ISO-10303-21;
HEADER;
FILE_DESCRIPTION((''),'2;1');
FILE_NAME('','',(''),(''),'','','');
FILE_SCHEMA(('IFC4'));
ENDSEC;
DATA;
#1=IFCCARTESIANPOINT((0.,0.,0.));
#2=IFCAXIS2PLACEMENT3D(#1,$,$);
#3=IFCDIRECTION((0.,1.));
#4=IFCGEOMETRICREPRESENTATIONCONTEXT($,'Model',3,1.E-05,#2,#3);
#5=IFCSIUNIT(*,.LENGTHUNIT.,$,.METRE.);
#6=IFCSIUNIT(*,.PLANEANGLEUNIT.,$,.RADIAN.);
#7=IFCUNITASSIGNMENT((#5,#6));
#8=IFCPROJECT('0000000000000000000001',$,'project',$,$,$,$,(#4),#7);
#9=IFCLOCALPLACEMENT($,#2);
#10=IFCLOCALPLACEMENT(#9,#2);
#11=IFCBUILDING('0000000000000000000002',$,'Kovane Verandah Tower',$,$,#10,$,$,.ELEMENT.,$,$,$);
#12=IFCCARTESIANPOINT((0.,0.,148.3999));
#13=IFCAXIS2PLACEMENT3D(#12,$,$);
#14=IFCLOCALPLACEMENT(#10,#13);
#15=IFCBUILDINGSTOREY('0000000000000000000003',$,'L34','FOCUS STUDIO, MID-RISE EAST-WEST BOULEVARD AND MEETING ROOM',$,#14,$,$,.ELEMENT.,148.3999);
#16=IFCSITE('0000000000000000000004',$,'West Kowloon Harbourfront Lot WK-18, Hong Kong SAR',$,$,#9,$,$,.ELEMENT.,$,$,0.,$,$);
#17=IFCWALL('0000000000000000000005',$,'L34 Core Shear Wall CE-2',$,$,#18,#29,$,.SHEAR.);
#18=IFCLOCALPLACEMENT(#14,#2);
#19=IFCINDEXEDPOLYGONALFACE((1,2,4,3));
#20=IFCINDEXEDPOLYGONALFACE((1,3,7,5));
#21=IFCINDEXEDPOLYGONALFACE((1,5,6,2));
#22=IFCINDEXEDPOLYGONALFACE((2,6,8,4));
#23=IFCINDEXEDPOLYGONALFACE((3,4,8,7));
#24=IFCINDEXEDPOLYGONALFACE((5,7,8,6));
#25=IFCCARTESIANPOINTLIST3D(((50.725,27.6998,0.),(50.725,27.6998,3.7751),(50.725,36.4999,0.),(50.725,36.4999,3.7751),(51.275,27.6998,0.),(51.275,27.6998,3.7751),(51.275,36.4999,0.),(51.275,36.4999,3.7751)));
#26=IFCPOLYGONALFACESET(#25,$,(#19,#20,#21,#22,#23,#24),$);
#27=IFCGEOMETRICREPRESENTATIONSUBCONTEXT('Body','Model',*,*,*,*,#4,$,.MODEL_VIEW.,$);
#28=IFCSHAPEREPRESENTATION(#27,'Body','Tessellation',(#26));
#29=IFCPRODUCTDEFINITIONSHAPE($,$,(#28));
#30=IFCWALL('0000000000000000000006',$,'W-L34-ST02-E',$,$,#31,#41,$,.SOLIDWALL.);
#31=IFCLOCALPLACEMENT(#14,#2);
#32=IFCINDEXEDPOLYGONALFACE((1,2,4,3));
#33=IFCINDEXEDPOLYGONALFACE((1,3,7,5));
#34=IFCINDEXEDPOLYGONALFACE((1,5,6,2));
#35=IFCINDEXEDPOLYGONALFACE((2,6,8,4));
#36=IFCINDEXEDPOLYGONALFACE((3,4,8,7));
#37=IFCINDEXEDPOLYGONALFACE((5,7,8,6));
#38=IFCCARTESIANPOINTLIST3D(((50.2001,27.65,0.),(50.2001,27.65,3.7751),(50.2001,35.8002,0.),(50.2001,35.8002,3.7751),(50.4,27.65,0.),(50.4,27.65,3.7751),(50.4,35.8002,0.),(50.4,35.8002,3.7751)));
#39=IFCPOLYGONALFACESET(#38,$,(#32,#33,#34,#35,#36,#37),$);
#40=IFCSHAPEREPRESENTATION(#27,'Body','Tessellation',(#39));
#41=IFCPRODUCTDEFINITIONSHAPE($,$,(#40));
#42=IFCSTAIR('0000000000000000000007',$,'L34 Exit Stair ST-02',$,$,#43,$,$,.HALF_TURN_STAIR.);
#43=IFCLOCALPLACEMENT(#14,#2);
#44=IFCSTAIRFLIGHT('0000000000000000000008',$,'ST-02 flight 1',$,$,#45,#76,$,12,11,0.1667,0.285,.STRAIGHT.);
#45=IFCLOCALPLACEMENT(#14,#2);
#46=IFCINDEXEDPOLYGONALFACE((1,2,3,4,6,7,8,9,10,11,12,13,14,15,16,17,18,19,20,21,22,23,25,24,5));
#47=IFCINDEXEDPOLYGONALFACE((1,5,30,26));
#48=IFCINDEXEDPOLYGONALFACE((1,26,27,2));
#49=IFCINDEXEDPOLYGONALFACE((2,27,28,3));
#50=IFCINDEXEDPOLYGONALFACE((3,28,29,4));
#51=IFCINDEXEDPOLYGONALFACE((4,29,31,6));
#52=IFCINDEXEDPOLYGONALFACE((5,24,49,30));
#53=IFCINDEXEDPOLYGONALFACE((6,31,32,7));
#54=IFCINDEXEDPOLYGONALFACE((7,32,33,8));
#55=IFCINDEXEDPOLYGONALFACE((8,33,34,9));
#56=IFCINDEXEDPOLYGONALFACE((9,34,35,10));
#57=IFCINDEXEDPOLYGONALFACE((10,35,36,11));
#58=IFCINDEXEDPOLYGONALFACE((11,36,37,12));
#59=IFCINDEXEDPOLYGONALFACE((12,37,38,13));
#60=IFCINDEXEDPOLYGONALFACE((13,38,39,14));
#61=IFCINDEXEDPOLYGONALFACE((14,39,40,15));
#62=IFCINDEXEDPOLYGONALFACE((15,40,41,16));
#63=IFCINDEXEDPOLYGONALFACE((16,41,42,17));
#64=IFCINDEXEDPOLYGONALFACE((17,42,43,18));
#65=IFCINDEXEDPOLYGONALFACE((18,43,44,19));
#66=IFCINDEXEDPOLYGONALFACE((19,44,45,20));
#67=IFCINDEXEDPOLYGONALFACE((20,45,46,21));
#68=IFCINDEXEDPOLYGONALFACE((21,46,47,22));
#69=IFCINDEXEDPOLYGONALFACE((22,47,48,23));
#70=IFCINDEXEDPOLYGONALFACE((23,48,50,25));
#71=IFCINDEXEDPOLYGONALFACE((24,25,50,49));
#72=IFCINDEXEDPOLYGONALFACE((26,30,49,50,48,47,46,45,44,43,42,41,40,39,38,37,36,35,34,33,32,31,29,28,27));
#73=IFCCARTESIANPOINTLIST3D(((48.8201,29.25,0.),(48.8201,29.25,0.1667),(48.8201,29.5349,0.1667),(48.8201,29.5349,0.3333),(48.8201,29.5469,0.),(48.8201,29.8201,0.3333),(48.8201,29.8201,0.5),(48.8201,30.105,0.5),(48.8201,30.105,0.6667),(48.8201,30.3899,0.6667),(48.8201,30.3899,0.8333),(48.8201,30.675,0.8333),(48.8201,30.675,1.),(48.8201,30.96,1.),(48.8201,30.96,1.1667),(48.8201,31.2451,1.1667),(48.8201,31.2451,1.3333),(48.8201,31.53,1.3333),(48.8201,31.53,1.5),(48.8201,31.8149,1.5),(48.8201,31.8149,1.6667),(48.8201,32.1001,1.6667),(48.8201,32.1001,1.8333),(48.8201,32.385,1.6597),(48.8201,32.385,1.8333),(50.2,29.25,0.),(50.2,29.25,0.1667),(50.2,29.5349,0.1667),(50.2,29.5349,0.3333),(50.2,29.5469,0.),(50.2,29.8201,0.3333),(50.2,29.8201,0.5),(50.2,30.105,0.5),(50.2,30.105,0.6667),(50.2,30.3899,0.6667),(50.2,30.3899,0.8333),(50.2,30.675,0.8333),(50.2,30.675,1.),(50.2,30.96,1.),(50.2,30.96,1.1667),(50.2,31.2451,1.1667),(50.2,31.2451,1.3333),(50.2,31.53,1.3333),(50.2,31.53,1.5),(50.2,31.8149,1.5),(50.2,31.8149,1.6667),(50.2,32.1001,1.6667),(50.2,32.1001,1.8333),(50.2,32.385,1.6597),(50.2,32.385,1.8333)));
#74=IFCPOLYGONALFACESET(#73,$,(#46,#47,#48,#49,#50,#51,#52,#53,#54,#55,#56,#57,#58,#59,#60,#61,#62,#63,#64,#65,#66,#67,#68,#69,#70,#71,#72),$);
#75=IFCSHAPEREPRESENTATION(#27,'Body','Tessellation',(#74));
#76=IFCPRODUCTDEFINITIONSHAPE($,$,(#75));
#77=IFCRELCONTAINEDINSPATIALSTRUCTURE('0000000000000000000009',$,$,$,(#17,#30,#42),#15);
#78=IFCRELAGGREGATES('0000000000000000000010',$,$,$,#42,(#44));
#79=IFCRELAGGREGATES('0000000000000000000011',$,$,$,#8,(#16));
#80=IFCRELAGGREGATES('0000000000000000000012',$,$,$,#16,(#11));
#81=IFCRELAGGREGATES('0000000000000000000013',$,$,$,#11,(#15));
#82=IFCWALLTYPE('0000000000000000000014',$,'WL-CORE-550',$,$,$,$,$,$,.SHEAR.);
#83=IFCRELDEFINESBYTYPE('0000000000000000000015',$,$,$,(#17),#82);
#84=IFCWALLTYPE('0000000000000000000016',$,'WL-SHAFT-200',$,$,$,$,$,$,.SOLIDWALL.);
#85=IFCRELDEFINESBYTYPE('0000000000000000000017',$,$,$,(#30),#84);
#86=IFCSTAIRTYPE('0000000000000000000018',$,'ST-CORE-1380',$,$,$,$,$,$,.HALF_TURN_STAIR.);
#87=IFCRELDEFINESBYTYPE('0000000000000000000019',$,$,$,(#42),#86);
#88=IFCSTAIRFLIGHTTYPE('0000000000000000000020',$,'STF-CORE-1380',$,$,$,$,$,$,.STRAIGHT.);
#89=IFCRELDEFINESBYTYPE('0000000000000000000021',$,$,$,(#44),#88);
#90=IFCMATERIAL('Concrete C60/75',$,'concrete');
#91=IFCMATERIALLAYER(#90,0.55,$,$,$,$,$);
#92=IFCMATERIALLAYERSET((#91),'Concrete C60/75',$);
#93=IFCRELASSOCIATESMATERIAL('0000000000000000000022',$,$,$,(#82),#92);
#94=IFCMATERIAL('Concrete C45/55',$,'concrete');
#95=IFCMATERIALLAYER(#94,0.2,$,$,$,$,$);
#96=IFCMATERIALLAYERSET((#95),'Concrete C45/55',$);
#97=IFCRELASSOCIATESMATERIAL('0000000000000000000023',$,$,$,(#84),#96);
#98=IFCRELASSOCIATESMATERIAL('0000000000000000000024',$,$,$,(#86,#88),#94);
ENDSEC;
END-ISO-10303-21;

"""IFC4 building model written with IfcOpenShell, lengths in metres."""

from ifc_helpers import new_model, si_unit, direction, frame, frame_2d, origin, place, context, subcontext, project, spatial, polyline, rectangle, outline, extrude, material, layer, layer_set, type_object, element, aggregate, save


model = new_model("IFC4")

# Units and contexts
model_context = context("Model", 3, precision=1e-05, world=origin(), true_north=direction((0.0, 1.0)))
body_context = subcontext(model_context, "Body", "Model", "MODEL_VIEW")
ifc_project = project(units=[si_unit("LENGTHUNIT", "METRE"), si_unit("PLANEANGLEUNIT", "RADIAN")], contexts=[model_context])

# Site, building, storey
site_placement = place(None, origin())
site = spatial("IfcSite", under=ifc_project, at=site_placement, Name="West Kowloon Harbourfront Lot WK-18, Hong Kong SAR", CompositionType="ELEMENT", RefElevation=0.0)
building_placement = place(site_placement, origin())
building = spatial("IfcBuilding", under=site, at=building_placement, Name="Kovane Verandah Tower", CompositionType="ELEMENT")
storey_placement = place(building_placement, frame((0.0, 0.0, 148.3999)))
storey = spatial("IfcBuildingStorey", under=building, at=storey_placement, Name="L34", Description="FOCUS STUDIO, MID-RISE EAST-WEST BOULEVARD AND MEETING ROOM", CompositionType="ELEMENT", Elevation=148.3999)

# Walls
ifc_material_1 = material(Name="Concrete C60/75", Category="concrete")
ifc_layer_1 = layer(ifc_material_1, 0.55)
ifc_layer_set_1 = layer_set([ifc_layer_1], Name="Concrete C60/75")
wall_type_1 = type_object("IfcWallType", Name="WL-CORE-550", PredefinedType="SHEAR", material=ifc_layer_set_1)
wall_1_placement = place(storey_placement, frame((51.0, 27.7, 0.0), z_axis=(0.0, 0.0, 1.0), x_axis=(0.0, 1.0, 0.0)))
element("IfcWall", 1, at=wall_1_placement, inside=storey, type_object=wall_type_1, Name="L34 Core Shear Wall CE-2", PredefinedType="SHEAR", context=body_context, shape_type="SweptSolid", body=[
    extrude(rectangle(XDim=8.8, YDim=0.55, at=frame_2d((4.3999, 0.0))), origin(), (0.0, 0.0, 1.0), 3.7751),
])
ifc_material_2 = material(Name="Concrete C45/55", Category="concrete")
ifc_layer_2 = layer(ifc_material_2, 0.2)
ifc_layer_set_2 = layer_set([ifc_layer_2], Name="Concrete C45/55")
wall_type_2 = type_object("IfcWallType", Name="WL-SHAFT-200", PredefinedType="SOLIDWALL", material=ifc_layer_set_2)
wall_2_placement = place(storey_placement, frame((50.3, 27.6499, 0.0), z_axis=(0.0, 0.0, 1.0), x_axis=(0.0, 1.0, 0.0)))
element("IfcWall", 2, at=wall_2_placement, inside=storey, type_object=wall_type_2, Name="W-L34-ST02-E", PredefinedType="SOLIDWALL", context=body_context, shape_type="SweptSolid", body=[
    extrude(rectangle(XDim=8.1501, YDim=0.2, at=frame_2d((4.0752, 0.0))), origin(), (0.0, 0.0, 1.0), 3.7751),
])

# Stair, stair flight
stair_type = type_object("IfcStairType", Name="ST-CORE-1380", PredefinedType="HALF_TURN_STAIR", material=ifc_material_2)
stair_placement = place(storey_placement, origin())
stair = element("IfcStair", 3, at=stair_placement, inside=storey, type_object=stair_type, Name="L34 Exit Stair ST-02", PredefinedType="HALF_TURN_STAIR")
stair_flight_type = type_object("IfcStairFlightType", Name="STF-CORE-1380", PredefinedType="STRAIGHT", material=ifc_material_2)
stair_flight_placement = place(storey_placement, frame((49.51, 29.25, 0.0), z_axis=(0.0, 0.0, 1.0), x_axis=(0.0, 1.0, 0.0)))
stair_flight = element("IfcStairFlight", 4, at=stair_flight_placement, type_object=stair_flight_type, Name="ST-02 flight 1", NumberOfRisers=12, NumberOfTreads=11, PredefinedType="STRAIGHT", RiserHeight=0.1667, TreadLength=0.285, context=body_context, shape_type="SweptSolid", body=[
    extrude(outline(polyline([(0.0, 0.0), (0.0, 0.1667), (0.2849, 0.1667), (0.2849, 0.3333), (0.5701, 0.3333), (0.5701, 0.5), (0.855, 0.5), (0.855, 0.6667), (1.1399, 0.6667), (1.1399, 0.8333), (1.425, 0.8333), (1.425, 1.0), (1.71, 1.0), (1.71, 1.1667), (1.9951, 1.1667), (1.9951, 1.3333), (2.28, 1.3333), (2.28, 1.5), (2.5649, 1.5), (2.5649, 1.6667), (2.8501, 1.6667), (2.8501, 1.8333), (3.135, 1.8333), (3.135, 2.0), (3.135, 1.6597), (0.2969, 0.0), (0.0, 0.0)])), frame((0.0, 0.6899, 0.0), z_axis=(0.0, -1.0, 0.0), x_axis=(1.0, 0.0, 0.0)), (0.0, 0.0, 1.0), 1.3799),
])
aggregate(stair, [stair_flight])

save(model, "model.ifc")
